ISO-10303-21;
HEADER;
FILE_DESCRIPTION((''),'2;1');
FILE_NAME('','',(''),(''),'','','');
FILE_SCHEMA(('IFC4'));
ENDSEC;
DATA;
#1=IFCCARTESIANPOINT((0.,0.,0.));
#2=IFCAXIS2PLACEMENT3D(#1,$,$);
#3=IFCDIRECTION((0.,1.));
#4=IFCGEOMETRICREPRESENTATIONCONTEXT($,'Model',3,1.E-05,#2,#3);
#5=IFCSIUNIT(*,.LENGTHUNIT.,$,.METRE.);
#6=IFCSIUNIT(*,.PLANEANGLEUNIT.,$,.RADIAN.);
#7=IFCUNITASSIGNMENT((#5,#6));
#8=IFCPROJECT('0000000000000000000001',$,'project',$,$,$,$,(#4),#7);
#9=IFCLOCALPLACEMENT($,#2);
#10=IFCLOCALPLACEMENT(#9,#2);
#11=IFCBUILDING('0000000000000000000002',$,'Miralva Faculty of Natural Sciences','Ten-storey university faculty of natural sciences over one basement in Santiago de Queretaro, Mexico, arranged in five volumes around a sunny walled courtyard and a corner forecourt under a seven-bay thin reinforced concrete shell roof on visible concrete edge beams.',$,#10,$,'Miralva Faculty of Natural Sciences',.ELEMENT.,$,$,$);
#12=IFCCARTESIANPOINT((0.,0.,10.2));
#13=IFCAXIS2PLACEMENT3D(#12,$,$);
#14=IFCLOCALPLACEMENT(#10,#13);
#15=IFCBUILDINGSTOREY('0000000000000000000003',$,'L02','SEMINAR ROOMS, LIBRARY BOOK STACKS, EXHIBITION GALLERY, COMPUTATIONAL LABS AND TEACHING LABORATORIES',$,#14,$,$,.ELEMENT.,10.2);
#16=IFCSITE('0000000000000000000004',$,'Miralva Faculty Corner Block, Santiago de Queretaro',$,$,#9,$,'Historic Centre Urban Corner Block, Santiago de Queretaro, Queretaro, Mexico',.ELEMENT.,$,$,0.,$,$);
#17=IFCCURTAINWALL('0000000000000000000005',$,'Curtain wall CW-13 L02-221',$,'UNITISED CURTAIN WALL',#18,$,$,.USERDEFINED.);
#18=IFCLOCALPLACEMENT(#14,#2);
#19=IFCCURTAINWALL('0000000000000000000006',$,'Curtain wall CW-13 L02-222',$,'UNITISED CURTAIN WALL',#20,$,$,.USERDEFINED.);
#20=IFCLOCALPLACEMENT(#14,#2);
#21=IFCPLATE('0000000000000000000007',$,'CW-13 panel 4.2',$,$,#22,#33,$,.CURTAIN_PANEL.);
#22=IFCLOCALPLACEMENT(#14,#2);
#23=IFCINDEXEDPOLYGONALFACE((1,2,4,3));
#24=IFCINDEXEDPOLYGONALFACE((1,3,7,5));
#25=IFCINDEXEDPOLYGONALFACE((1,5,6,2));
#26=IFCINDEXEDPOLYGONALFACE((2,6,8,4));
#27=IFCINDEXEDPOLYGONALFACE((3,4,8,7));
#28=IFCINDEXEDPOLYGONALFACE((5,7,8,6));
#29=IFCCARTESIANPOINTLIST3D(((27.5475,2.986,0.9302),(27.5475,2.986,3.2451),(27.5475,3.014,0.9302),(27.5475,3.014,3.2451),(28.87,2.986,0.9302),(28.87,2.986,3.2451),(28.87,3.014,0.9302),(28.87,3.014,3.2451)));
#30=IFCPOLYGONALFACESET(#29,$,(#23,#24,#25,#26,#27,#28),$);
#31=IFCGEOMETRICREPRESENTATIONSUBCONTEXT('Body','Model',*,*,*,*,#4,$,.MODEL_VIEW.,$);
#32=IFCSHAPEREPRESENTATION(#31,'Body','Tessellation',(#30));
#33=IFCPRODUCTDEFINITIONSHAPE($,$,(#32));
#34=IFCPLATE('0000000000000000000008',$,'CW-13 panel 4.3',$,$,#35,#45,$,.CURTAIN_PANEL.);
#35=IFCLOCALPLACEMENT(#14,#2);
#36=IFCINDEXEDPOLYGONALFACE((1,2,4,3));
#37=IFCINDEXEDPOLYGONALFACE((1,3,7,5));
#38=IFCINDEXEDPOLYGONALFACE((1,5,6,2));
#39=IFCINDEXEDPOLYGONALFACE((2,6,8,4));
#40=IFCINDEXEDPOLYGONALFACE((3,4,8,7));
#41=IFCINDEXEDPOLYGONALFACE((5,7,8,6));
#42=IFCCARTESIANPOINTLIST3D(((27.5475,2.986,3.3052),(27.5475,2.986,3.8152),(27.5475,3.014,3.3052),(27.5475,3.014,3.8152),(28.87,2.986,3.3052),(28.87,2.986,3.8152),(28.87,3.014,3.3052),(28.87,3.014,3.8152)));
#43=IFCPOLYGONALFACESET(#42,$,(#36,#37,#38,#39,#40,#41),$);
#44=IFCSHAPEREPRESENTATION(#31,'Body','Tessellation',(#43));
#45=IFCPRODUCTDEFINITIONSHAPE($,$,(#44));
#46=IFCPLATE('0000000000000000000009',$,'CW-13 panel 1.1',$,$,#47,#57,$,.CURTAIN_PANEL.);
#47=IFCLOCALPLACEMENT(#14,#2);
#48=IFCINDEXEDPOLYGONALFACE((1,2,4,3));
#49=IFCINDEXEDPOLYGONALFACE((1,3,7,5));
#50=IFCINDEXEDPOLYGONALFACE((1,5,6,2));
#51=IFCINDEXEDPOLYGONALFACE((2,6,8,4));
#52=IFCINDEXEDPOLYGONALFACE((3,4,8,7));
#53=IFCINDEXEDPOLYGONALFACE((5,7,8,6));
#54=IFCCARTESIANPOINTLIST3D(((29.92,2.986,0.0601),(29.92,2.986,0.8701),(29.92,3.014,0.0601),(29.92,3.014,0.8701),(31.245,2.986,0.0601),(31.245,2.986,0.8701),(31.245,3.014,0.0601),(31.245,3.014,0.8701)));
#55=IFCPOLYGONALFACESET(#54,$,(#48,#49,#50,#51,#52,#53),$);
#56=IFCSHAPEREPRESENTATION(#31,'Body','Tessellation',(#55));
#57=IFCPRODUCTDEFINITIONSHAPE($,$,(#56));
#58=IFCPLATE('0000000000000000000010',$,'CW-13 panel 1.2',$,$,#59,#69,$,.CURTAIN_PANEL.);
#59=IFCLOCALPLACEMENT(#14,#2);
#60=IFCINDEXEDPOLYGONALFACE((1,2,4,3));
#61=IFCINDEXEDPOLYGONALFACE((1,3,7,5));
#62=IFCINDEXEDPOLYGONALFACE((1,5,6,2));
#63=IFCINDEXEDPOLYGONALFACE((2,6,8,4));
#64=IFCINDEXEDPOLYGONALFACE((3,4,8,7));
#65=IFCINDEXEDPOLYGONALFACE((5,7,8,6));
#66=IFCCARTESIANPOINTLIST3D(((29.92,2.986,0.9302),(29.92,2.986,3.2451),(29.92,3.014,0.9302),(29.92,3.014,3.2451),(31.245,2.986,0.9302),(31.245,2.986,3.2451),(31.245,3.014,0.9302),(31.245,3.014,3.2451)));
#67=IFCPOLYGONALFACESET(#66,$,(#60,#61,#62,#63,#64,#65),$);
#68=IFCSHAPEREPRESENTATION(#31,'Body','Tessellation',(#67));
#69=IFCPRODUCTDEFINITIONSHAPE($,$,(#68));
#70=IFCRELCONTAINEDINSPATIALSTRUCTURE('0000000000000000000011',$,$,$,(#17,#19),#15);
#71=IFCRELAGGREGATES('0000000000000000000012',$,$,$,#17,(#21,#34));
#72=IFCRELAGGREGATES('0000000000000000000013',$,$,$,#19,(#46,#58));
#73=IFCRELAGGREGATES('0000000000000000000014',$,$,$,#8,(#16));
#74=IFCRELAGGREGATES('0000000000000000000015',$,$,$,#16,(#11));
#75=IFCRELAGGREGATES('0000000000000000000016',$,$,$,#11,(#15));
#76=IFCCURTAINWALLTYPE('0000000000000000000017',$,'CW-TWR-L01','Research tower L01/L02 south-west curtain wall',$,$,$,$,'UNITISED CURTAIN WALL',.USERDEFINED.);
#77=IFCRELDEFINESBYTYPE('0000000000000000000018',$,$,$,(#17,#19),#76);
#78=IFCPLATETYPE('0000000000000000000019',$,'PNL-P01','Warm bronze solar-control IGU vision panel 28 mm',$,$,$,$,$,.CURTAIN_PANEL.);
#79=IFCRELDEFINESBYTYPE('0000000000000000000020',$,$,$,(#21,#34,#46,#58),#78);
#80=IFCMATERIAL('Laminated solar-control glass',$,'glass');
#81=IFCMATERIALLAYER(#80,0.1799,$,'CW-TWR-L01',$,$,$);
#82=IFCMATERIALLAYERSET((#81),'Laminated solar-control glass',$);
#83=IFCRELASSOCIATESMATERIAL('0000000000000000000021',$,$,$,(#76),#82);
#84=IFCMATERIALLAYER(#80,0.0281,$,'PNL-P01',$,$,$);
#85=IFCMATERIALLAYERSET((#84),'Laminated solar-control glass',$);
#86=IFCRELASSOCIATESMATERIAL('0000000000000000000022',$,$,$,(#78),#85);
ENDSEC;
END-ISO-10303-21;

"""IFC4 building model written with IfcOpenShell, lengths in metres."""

from ifc_helpers import new_model, si_unit, direction, frame, origin, origin_2d, place, context, subcontext, project, spatial, rectangle, extrude, material, layer, layer_set, type_object, element, aggregate, save


model = new_model("IFC4")

# Units and contexts
model_context = context("Model", 3, precision=1e-05, world=origin(), true_north=direction((0.0, 1.0)))
body_context = subcontext(model_context, "Body", "Model", "MODEL_VIEW")
ifc_project = project(units=[si_unit("LENGTHUNIT", "METRE"), si_unit("PLANEANGLEUNIT", "RADIAN")], contexts=[model_context])

# Site, building, storey
site_placement = place(None, origin())
site = spatial("IfcSite", under=ifc_project, at=site_placement, Name="Miralva Faculty Corner Block, Santiago de Queretaro", LongName="Historic Centre Urban Corner Block, Santiago de Queretaro, Queretaro, Mexico", CompositionType="ELEMENT", RefElevation=0.0)
building_placement = place(site_placement, origin())
building = spatial("IfcBuilding", under=site, at=building_placement, Name="Miralva Faculty of Natural Sciences", Description="Ten-storey university faculty of natural sciences over one basement in Santiago de Queretaro, Mexico, arranged in five volumes around a sunny walled courtyard and a corner forecourt under a seven-bay thin reinforced concrete shell roof on visible concrete edge beams.", LongName="Miralva Faculty of Natural Sciences", CompositionType="ELEMENT")
storey_placement = place(building_placement, frame((0.0, 0.0, 10.2)))
storey = spatial("IfcBuildingStorey", under=building, at=storey_placement, Name="L02", Description="SEMINAR ROOMS, LIBRARY BOOK STACKS, EXHIBITION GALLERY, COMPUTATIONAL LABS AND TEACHING LABORATORIES", CompositionType="ELEMENT", Elevation=10.2)

# Curtain wall
ifc_material_1 = material(Name="Laminated solar-control glass", Category="glass")
ifc_layer_1 = layer(ifc_material_1, 0.1799, Name="CW-TWR-L01")
ifc_layer_set_1 = layer_set([ifc_layer_1], Name="Laminated solar-control glass")
curtain_wall_type = type_object("IfcCurtainWallType", Name="CW-TWR-L01", Description="Research tower L01/L02 south-west curtain wall", ElementType="UNITISED CURTAIN WALL", PredefinedType="USERDEFINED", material=ifc_layer_set_1)
curtain_wall_1_placement = place(storey_placement, origin())
curtain_wall_1 = element("IfcCurtainWall", 1, at=curtain_wall_1_placement, inside=storey, type_object=curtain_wall_type, Name="Curtain wall CW-13 L02-221", ObjectType="UNITISED CURTAIN WALL", PredefinedType="USERDEFINED")

# Curtain wall
curtain_wall_2_placement = place(storey_placement, origin())
curtain_wall_2 = element("IfcCurtainWall", 2, at=curtain_wall_2_placement, inside=storey, type_object=curtain_wall_type, Name="Curtain wall CW-13 L02-222", ObjectType="UNITISED CURTAIN WALL", PredefinedType="USERDEFINED")

# Plates
ifc_layer_2 = layer(ifc_material_1, 0.0281, Name="PNL-P01")
ifc_layer_set_2 = layer_set([ifc_layer_2], Name="Laminated solar-control glass")
plate_type = type_object("IfcPlateType", Name="PNL-P01", Description="Warm bronze solar-control IGU vision panel 28 mm", PredefinedType="CURTAIN_PANEL", material=ifc_layer_set_2)
plate_1_placement = place(storey_placement, frame((28.2087, 3.0, 0.9302), z_axis=(0.0, 0.0, 1.0), x_axis=(1.0, 0.0, 0.0)))
plate_1 = element("IfcPlate", 3, at=plate_1_placement, type_object=plate_type, Name="CW-13 panel 4.2", PredefinedType="CURTAIN_PANEL", context=body_context, shape_type="SweptSolid", body=[
    extrude(rectangle(XDim=1.3225, YDim=0.0281, at=origin_2d()), origin(), (0.0, 0.0, 1.0), 2.3149),
])
plate_2_placement = place(storey_placement, frame((28.2087, 3.0, 3.3052), z_axis=(0.0, 0.0, 1.0), x_axis=(1.0, 0.0, 0.0)))
plate_2 = element("IfcPlate", 4, at=plate_2_placement, type_object=plate_type, Name="CW-13 panel 4.3", PredefinedType="CURTAIN_PANEL", context=body_context, shape_type="SweptSolid", body=[
    extrude(rectangle(XDim=1.3225, YDim=0.0281, at=origin_2d()), origin(), (0.0, 0.0, 1.0), 0.51),
])
aggregate(curtain_wall_1, [plate_1, plate_2])
plate_3_placement = place(storey_placement, frame((30.5825, 3.0, 0.0601), z_axis=(0.0, 0.0, 1.0), x_axis=(1.0, 0.0, 0.0)))
plate_3 = element("IfcPlate", 5, at=plate_3_placement, type_object=plate_type, Name="CW-13 panel 1.1", PredefinedType="CURTAIN_PANEL", context=body_context, shape_type="SweptSolid", body=[
    extrude(rectangle(XDim=1.325, YDim=0.0281, at=origin_2d()), origin(), (0.0, 0.0, 1.0), 0.8101),
])
plate_4_placement = place(storey_placement, frame((30.5825, 3.0, 0.9302), z_axis=(0.0, 0.0, 1.0), x_axis=(1.0, 0.0, 0.0)))
plate_4 = element("IfcPlate", 6, at=plate_4_placement, type_object=plate_type, Name="CW-13 panel 1.2", PredefinedType="CURTAIN_PANEL", context=body_context, shape_type="SweptSolid", body=[
    extrude(rectangle(XDim=1.325, YDim=0.0281, at=origin_2d()), origin(), (0.0, 0.0, 1.0), 2.3149),
])
aggregate(curtain_wall_2, [plate_3, plate_4])

save(model, "model.ifc")
